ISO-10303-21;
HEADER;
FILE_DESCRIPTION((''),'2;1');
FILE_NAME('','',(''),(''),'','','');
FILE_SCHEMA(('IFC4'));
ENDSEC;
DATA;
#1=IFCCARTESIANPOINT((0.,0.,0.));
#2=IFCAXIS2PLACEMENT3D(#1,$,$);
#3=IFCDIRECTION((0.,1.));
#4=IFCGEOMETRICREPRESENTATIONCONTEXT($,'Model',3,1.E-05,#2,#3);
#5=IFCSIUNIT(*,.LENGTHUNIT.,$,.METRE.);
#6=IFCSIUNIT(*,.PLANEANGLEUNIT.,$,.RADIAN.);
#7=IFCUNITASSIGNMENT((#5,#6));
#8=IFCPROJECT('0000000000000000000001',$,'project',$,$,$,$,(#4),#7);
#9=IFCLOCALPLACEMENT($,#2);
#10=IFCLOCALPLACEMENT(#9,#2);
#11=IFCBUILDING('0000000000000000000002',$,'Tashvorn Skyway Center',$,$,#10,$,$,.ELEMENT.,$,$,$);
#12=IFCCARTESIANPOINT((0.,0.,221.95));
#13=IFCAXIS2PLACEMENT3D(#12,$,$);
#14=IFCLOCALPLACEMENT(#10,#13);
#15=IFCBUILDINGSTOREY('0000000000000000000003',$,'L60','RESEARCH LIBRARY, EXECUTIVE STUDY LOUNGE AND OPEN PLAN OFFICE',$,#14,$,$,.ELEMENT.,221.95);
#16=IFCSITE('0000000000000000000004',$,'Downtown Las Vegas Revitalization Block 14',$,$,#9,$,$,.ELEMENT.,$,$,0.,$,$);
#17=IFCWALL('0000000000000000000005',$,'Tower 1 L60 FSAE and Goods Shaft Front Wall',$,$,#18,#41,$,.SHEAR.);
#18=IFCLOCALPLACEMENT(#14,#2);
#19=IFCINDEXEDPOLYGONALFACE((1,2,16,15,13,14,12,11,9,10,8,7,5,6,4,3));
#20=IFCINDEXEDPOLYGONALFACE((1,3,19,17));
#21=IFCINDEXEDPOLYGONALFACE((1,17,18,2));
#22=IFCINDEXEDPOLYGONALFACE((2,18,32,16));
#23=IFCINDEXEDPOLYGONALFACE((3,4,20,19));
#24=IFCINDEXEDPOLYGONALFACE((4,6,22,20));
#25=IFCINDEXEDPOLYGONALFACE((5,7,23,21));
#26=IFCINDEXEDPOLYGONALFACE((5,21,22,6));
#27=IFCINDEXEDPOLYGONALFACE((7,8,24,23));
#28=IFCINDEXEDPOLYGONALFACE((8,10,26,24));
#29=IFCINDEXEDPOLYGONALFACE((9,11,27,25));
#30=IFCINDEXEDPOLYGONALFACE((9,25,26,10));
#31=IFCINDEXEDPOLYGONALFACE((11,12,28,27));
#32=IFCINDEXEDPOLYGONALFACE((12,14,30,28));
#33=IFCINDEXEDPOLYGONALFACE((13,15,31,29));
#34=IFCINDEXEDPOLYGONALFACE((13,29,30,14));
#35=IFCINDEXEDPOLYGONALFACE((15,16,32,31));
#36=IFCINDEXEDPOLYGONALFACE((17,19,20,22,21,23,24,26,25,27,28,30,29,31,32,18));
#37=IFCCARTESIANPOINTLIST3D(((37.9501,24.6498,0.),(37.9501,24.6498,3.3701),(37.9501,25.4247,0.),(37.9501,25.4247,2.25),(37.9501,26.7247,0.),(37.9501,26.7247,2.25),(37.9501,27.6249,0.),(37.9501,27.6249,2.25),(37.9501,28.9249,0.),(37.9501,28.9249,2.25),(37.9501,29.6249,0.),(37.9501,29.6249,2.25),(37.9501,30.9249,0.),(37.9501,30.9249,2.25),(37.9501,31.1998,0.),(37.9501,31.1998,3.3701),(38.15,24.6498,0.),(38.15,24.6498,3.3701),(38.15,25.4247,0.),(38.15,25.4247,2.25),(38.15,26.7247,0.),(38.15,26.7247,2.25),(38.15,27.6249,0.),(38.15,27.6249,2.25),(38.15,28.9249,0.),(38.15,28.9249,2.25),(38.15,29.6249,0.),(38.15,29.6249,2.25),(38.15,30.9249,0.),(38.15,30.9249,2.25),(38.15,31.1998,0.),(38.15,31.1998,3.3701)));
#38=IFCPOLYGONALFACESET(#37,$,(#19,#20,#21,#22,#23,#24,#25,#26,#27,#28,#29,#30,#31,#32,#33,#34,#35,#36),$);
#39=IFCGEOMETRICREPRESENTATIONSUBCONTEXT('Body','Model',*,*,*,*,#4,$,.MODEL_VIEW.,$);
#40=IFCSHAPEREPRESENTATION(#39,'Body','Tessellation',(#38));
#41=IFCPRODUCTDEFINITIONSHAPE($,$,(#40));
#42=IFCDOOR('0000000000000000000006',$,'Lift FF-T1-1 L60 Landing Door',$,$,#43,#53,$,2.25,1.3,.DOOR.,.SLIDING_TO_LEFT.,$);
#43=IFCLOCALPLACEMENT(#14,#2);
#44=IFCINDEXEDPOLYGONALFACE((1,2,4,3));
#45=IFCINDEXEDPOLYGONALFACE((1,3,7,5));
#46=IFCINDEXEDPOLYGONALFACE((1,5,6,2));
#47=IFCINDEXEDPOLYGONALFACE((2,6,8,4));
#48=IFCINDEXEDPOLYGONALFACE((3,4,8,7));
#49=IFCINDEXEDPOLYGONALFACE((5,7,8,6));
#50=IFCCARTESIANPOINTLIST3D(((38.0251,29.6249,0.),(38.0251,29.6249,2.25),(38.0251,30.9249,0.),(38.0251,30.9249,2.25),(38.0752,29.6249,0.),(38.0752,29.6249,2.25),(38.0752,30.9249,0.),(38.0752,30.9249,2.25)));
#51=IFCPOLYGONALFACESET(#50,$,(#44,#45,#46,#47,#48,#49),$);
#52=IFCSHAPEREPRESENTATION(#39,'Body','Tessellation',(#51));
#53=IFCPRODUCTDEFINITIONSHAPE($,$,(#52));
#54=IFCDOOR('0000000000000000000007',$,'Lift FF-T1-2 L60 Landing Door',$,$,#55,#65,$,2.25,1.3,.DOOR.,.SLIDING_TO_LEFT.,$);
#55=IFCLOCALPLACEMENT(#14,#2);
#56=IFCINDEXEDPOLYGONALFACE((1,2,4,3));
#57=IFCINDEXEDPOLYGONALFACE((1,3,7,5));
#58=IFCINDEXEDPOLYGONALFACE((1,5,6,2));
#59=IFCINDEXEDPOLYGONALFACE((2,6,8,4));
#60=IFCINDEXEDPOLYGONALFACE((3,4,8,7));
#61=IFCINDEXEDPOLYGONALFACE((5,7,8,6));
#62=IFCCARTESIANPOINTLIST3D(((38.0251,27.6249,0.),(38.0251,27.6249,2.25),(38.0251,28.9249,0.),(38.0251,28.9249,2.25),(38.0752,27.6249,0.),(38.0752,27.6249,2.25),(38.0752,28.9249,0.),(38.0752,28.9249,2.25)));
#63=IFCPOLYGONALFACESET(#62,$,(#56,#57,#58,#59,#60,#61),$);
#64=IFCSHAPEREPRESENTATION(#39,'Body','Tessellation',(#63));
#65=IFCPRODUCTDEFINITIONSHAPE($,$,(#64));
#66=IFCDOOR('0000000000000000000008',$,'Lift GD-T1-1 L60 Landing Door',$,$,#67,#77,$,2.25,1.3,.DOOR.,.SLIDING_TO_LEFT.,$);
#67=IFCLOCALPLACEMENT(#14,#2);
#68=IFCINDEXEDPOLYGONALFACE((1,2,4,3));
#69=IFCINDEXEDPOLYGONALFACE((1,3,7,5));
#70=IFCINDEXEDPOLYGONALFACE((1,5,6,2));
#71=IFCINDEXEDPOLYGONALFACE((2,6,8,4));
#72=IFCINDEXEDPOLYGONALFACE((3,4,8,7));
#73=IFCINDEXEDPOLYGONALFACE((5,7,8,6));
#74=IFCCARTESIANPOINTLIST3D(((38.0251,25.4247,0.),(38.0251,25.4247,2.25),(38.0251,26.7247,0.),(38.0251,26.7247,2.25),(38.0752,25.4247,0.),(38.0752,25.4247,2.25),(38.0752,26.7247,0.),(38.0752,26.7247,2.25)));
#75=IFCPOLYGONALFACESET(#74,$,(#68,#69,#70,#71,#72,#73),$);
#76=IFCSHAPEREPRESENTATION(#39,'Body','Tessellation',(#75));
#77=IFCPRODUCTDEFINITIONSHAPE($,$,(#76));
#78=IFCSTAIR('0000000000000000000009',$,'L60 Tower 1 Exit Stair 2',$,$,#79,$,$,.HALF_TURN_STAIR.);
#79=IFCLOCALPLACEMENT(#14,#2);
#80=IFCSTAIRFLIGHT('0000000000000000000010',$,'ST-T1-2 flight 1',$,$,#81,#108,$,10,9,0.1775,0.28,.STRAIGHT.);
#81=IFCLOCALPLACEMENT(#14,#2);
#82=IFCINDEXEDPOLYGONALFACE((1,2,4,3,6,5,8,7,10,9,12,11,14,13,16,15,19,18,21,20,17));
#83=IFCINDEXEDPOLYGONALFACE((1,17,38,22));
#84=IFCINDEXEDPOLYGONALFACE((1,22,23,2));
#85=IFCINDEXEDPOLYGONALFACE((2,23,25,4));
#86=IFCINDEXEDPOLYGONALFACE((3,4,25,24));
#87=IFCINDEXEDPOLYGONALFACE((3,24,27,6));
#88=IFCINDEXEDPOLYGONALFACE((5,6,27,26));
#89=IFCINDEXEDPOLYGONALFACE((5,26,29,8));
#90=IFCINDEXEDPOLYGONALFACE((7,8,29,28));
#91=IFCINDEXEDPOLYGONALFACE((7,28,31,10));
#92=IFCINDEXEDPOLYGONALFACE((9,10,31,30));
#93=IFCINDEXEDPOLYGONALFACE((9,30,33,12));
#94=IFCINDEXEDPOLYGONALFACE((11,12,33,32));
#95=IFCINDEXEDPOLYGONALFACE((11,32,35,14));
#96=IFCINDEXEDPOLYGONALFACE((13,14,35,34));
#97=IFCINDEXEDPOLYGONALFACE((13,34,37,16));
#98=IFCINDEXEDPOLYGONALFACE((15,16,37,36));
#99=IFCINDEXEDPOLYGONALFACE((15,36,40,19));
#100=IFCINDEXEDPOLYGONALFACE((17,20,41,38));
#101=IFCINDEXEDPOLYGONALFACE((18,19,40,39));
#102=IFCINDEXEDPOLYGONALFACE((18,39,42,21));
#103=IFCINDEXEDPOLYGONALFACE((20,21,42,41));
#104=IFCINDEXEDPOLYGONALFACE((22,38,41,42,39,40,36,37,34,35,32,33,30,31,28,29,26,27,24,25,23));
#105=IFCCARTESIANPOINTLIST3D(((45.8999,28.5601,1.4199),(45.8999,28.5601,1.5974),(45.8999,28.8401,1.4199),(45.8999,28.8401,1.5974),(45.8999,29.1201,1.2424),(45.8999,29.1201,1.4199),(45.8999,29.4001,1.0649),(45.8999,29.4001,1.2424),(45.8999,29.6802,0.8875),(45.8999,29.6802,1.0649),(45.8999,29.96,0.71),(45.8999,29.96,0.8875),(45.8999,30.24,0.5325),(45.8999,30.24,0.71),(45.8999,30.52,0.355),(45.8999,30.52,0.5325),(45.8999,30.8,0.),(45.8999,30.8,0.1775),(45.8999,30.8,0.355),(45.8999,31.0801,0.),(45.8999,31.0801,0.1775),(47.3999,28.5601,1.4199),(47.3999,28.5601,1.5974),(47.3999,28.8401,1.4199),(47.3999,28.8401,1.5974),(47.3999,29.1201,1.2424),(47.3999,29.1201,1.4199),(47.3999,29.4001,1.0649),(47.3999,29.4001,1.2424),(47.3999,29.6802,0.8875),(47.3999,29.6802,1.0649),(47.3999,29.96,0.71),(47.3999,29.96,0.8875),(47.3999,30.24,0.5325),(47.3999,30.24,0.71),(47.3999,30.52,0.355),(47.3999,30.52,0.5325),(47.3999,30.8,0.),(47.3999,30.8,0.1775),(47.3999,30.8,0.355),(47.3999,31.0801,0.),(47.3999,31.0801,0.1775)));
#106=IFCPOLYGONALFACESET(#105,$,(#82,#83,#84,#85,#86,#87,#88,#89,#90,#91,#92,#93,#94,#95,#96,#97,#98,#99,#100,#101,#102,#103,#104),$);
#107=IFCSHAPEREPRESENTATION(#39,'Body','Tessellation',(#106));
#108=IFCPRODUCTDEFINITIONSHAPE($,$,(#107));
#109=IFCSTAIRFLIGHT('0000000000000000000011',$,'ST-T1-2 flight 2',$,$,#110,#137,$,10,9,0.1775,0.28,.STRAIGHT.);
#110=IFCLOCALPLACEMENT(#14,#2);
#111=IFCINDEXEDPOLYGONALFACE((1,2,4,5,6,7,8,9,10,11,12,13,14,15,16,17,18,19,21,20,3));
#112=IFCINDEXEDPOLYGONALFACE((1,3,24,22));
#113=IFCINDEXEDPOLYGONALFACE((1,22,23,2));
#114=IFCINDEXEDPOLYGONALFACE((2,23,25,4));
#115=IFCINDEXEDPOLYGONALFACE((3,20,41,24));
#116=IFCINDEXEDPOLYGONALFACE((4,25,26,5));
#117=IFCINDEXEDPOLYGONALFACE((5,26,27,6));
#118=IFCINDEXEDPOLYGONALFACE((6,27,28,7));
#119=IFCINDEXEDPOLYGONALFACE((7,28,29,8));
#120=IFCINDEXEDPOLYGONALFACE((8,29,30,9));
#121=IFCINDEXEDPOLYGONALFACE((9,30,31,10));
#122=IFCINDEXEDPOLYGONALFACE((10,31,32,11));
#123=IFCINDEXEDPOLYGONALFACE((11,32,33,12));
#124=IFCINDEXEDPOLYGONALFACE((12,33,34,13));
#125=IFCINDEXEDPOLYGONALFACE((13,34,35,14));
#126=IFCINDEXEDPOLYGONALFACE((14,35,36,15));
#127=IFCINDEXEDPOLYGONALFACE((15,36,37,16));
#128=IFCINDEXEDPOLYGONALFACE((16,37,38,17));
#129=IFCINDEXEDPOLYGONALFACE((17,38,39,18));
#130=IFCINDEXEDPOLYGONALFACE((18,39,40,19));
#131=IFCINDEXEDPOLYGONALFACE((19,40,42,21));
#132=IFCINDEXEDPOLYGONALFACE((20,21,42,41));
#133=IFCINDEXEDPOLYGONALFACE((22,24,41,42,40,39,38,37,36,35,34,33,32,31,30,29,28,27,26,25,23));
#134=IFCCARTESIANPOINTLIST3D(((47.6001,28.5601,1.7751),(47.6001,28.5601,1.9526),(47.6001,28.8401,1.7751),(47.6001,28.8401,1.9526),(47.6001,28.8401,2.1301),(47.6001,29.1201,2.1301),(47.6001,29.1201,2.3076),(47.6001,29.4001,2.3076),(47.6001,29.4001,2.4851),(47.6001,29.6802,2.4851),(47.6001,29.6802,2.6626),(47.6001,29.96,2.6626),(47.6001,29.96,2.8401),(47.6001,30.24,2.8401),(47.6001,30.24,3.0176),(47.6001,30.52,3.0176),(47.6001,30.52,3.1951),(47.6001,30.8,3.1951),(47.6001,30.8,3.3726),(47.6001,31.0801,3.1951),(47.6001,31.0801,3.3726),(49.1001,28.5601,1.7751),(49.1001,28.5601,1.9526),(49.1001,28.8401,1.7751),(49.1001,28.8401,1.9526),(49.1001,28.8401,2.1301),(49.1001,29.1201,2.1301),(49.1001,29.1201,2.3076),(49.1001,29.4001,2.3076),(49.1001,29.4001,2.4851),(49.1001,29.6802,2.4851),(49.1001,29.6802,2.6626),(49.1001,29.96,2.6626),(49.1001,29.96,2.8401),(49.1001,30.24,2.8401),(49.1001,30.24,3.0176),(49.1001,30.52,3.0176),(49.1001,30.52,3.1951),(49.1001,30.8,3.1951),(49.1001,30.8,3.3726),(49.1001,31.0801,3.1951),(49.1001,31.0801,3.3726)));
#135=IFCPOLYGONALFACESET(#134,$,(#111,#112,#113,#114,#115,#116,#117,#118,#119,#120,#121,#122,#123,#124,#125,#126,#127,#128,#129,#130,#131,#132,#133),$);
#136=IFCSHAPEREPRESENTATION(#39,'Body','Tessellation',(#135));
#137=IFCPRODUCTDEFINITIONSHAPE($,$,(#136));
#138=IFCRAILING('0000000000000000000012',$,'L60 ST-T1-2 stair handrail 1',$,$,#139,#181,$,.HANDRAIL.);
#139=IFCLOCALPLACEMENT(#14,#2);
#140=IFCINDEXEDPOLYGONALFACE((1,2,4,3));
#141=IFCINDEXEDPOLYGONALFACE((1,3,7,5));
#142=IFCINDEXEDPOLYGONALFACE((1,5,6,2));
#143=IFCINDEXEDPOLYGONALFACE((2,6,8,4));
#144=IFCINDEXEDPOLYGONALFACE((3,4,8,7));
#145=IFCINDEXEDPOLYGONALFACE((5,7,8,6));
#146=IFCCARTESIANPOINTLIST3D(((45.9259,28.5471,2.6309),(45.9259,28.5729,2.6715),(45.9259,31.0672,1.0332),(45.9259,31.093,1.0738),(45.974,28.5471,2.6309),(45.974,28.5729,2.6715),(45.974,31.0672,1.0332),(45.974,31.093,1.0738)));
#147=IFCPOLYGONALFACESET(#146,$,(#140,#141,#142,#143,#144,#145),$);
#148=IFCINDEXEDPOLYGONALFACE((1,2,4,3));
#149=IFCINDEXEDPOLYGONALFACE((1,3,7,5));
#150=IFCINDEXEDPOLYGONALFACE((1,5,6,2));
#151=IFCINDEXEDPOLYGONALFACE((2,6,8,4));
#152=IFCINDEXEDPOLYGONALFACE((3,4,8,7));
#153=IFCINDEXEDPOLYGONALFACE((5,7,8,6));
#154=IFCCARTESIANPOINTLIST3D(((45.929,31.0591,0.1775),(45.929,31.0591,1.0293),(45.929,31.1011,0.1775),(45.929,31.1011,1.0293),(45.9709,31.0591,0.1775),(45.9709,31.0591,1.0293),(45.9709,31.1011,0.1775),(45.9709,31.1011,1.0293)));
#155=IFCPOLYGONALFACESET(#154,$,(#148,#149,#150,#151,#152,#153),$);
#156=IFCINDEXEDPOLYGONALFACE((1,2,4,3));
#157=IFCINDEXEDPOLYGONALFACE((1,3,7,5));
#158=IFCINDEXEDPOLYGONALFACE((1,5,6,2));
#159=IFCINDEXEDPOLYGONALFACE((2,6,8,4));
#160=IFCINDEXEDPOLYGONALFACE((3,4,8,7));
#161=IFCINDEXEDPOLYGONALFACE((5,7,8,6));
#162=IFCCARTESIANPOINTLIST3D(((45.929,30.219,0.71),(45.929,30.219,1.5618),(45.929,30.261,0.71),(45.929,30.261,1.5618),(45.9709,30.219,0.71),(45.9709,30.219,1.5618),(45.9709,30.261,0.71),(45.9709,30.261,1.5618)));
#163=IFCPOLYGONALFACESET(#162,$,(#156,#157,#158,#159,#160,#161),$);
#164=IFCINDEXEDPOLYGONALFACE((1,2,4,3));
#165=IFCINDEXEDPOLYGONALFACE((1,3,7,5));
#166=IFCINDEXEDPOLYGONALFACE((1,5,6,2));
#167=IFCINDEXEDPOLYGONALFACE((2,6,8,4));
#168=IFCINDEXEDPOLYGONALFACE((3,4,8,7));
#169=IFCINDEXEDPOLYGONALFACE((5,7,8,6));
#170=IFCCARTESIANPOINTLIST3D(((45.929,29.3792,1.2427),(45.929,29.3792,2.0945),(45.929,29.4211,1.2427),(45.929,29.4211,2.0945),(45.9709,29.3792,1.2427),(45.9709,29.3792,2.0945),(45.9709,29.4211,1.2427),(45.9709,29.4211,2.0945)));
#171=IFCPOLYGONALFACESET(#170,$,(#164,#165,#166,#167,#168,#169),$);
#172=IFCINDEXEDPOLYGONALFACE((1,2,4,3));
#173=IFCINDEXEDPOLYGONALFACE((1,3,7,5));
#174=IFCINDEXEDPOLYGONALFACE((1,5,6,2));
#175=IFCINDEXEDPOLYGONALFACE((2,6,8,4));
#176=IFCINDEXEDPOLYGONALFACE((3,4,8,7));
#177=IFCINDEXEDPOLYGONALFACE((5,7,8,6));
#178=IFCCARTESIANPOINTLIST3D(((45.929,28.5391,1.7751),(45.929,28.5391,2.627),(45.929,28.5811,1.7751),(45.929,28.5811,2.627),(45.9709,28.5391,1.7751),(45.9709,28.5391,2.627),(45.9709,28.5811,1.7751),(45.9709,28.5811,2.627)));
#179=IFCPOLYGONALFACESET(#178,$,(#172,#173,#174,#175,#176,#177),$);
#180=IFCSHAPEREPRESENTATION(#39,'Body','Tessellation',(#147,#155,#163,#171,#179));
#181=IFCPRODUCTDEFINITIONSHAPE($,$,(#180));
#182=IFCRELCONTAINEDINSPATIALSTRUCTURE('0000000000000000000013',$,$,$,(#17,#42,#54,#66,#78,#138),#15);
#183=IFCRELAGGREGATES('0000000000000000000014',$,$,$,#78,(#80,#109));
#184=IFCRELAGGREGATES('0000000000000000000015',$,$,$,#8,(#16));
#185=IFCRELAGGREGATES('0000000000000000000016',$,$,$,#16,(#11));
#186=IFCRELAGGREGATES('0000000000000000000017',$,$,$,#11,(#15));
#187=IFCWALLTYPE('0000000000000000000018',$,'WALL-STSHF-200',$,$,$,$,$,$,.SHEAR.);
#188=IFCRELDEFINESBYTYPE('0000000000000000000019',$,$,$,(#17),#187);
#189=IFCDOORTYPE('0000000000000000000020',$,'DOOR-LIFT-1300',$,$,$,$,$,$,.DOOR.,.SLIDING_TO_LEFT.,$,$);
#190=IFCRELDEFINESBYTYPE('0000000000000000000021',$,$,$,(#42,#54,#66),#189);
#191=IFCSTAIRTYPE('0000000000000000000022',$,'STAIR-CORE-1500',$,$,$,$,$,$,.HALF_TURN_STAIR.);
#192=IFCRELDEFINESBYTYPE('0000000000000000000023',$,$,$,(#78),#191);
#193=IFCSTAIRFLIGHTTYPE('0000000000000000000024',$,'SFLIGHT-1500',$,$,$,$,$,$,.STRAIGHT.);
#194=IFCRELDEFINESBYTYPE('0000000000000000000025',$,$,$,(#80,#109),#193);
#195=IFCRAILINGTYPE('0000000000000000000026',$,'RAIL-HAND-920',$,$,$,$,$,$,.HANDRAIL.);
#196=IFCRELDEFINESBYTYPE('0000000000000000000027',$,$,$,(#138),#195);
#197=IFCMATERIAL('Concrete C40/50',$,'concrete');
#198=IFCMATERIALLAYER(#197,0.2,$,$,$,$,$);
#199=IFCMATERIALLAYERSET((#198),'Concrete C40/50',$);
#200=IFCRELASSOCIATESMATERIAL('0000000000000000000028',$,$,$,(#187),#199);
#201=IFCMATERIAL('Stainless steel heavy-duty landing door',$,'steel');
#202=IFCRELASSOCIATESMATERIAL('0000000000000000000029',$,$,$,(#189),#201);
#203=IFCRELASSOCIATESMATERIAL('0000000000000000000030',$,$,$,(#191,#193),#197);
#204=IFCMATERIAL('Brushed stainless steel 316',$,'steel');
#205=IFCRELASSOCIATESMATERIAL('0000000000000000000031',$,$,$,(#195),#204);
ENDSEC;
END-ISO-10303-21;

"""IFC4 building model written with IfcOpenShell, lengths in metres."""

from ifc_helpers import new_model, si_unit, direction, frame, frame_2d, origin, origin_2d, place, context, subcontext, project, spatial, polyline, rectangle, outline, extrude, material, layer, layer_set, type_object, element, fill, aggregate, save


model = new_model("IFC4")

# Units and contexts
model_context = context("Model", 3, precision=1e-05, world=origin(), true_north=direction((0.0, 1.0)))
body_context = subcontext(model_context, "Body", "Model", "MODEL_VIEW")
ifc_project = project(units=[si_unit("LENGTHUNIT", "METRE"), si_unit("PLANEANGLEUNIT", "RADIAN")], contexts=[model_context])

# Site, building, storey
site_placement = place(None, origin())
site = spatial("IfcSite", under=ifc_project, at=site_placement, Name="Downtown Las Vegas Revitalization Block 14", CompositionType="ELEMENT", RefElevation=0.0)
building_placement = place(site_placement, origin())
building = spatial("IfcBuilding", under=site, at=building_placement, Name="Tashvorn Skyway Center", CompositionType="ELEMENT")
storey_placement = place(building_placement, frame((0.0, 0.0, 221.95)))
storey = spatial("IfcBuildingStorey", under=building, at=storey_placement, Name="L60", Description="RESEARCH LIBRARY, EXECUTIVE STUDY LOUNGE AND OPEN PLAN OFFICE", CompositionType="ELEMENT", Elevation=221.95)

# Shared definitions
ifc_material_1 = material(Name="Concrete C40/50", Category="concrete")

# Shared definitions
ifc_layer_1 = layer(ifc_material_1, 0.2)
ifc_layer_set_1 = layer_set([ifc_layer_1], Name="Concrete C40/50")
wall_type_1 = type_object("IfcWallType", Name="WALL-STSHF-200", PredefinedType="SHEAR", material=ifc_layer_set_1)

# Wall, openings, doors
wall_1_placement = place(storey_placement, frame((38.05, 24.6499, 0.0), z_axis=(0.0, 0.0, 1.0), x_axis=(0.0, 1.0, 0.0)))
wall_1 = element("IfcWall", 1, at=wall_1_placement, inside=storey, type_object=wall_type_1, Name="Tower 1 L60 FSAE and Goods Shaft Front Wall", PredefinedType="SHEAR", context=body_context, shape_type="SweptSolid", body=[
    extrude(rectangle(XDim=6.55, YDim=0.2, at=frame_2d((3.2749, 0.0))), origin(), (0.0, 0.0, 1.0), 3.3701),
])
opening_1_placement = place(wall_1_placement, frame((4.9751, 0.0, 0.0)))
opening_1 = element("IfcOpeningElement", 2, at=opening_1_placement, cuts=wall_1, PredefinedType="OPENING", context=body_context, shape_type="SweptSolid", body=[
    extrude(rectangle(XDim=1.3, YDim=2.25, at=frame_2d((0.6499, 1.125))), frame((0.0, 0.1099, 0.0), z_axis=(0.0, -1.0, 0.0), x_axis=(1.0, 0.0, 0.0)), (0.0, 0.0, 1.0), 0.22),
])
opening_2_placement = place(wall_1_placement, frame((2.9751, 0.0, 0.0)))
opening_2 = element("IfcOpeningElement", 3, at=opening_2_placement, cuts=wall_1, PredefinedType="OPENING", context=body_context, shape_type="SweptSolid", body=[
    extrude(rectangle(XDim=1.3, YDim=2.25, at=frame_2d((0.6499, 1.125))), frame((0.0, 0.1099, 0.0), z_axis=(0.0, -1.0, 0.0), x_axis=(1.0, 0.0, 0.0)), (0.0, 0.0, 1.0), 0.22),
])
opening_3_placement = place(wall_1_placement, frame((0.7749, 0.0, 0.0)))
opening_3 = element("IfcOpeningElement", 4, at=opening_3_placement, cuts=wall_1, PredefinedType="OPENING", context=body_context, shape_type="SweptSolid", body=[
    extrude(rectangle(XDim=1.3, YDim=2.25, at=frame_2d((0.6499, 1.125))), frame((0.0, 0.1099, 0.0), z_axis=(0.0, -1.0, 0.0), x_axis=(1.0, 0.0, 0.0)), (0.0, 0.0, 1.0), 0.22),
])
ifc_material_2 = material(Name="Stainless steel heavy-duty landing door", Category="steel")
door_type_1 = type_object("IfcDoorType", Name="DOOR-LIFT-1300", OperationType="SLIDING_TO_LEFT", PredefinedType="DOOR", material=ifc_material_2)
door_1_placement = place(opening_1_placement, origin())
door_1 = element("IfcDoor", 5, at=door_1_placement, inside=storey, type_object=door_type_1, Name="Lift FF-T1-1 L60 Landing Door", OperationType="SLIDING_TO_LEFT", OverallHeight=2.25, OverallWidth=1.3, PredefinedType="DOOR", context=body_context, shape_type="SweptSolid", body=[
    extrude(rectangle(XDim=1.3, YDim=2.25, at=frame_2d((0.6499, 1.125))), frame((0.0, 0.0249, 0.0), z_axis=(0.0, -1.0, 0.0), x_axis=(1.0, 0.0, 0.0)), (0.0, 0.0, 1.0), 0.05),
])
fill(opening_1, door_1)
door_2_placement = place(opening_2_placement, origin())
door_2 = element("IfcDoor", 6, at=door_2_placement, inside=storey, type_object=door_type_1, Name="Lift FF-T1-2 L60 Landing Door", OperationType="SLIDING_TO_LEFT", OverallHeight=2.25, OverallWidth=1.3, PredefinedType="DOOR", context=body_context, shape_type="SweptSolid", body=[
    extrude(rectangle(XDim=1.3, YDim=2.25, at=frame_2d((0.6499, 1.125))), frame((0.0, 0.0249, 0.0), z_axis=(0.0, -1.0, 0.0), x_axis=(1.0, 0.0, 0.0)), (0.0, 0.0, 1.0), 0.05),
])
fill(opening_2, door_2)
door_3_placement = place(opening_3_placement, origin())
door_3 = element("IfcDoor", 7, at=door_3_placement, inside=storey, type_object=door_type_1, Name="Lift GD-T1-1 L60 Landing Door", OperationType="SLIDING_TO_LEFT", OverallHeight=2.25, OverallWidth=1.3, PredefinedType="DOOR", context=body_context, shape_type="SweptSolid", body=[
    extrude(rectangle(XDim=1.3, YDim=2.25, at=frame_2d((0.6499, 1.125))), frame((0.0, 0.0249, 0.0), z_axis=(0.0, -1.0, 0.0), x_axis=(1.0, 0.0, 0.0)), (0.0, 0.0, 1.0), 0.05),
])
fill(opening_3, door_3)

# Stair, stair flights
stair_type = type_object("IfcStairType", Name="STAIR-CORE-1500", PredefinedType="HALF_TURN_STAIR", material=ifc_material_1)
stair_placement = place(storey_placement, origin())
stair = element("IfcStair", 8, at=stair_placement, inside=storey, type_object=stair_type, Name="L60 Tower 1 Exit Stair 2", PredefinedType="HALF_TURN_STAIR")
stair_flight_type = type_object("IfcStairFlightType", Name="SFLIGHT-1500", PredefinedType="STRAIGHT", material=ifc_material_1)
stair_flight_1_placement = place(storey_placement, frame((46.6499, 31.0801, 0.0), z_axis=(0.0, 0.0, 1.0), x_axis=(0.0, -1.0, 0.0)))
stair_flight_1 = element("IfcStairFlight", 9, at=stair_flight_1_placement, type_object=stair_flight_type, Name="ST-T1-2 flight 1", NumberOfRisers=10, NumberOfTreads=9, PredefinedType="STRAIGHT", RiserHeight=0.1775, TreadLength=0.28, context=body_context, shape_type="SweptSolid", body=[
    extrude(outline(polyline([(0.0, 0.0), (0.0, 0.1775), (0.28, 0.1775), (0.28, 0.355), (0.5601, 0.355), (0.5601, 0.5325), (0.8401, 0.5325), (0.8401, 0.71), (1.1201, 0.71), (1.1201, 0.8875), (1.3999, 0.8875), (1.3999, 1.0649), (1.6799, 1.0649), (1.6799, 1.2424), (1.96, 1.2424), (1.96, 1.4199), (2.24, 1.4199), (2.24, 1.5974), (2.52, 1.5974), (2.52, 1.7749), (2.52, 1.4199), (0.28, 0.0), (0.0, 0.0)])), frame((0.0, 0.75, 0.0), z_axis=(0.0, -1.0, 0.0), x_axis=(1.0, 0.0, 0.0)), (0.0, 0.0, 1.0), 1.5),
])
stair_flight_2_placement = place(storey_placement, frame((48.3501, 28.5601, 1.7751), z_axis=(0.0, 0.0, 1.0), x_axis=(0.0, 1.0, 0.0)))
stair_flight_2 = element("IfcStairFlight", 10, at=stair_flight_2_placement, type_object=stair_flight_type, Name="ST-T1-2 flight 2", NumberOfRisers=10, NumberOfTreads=9, PredefinedType="STRAIGHT", RiserHeight=0.1775, TreadLength=0.28, context=body_context, shape_type="SweptSolid", body=[
    extrude(outline(polyline([(0.0, 0.0), (0.0, 0.1775), (0.28, 0.1775), (0.28, 0.355), (0.5601, 0.355), (0.5601, 0.5325), (0.8401, 0.5325), (0.8401, 0.71), (1.1201, 0.71), (1.1201, 0.8875), (1.3999, 0.8875), (1.3999, 1.0649), (1.6799, 1.0649), (1.6799, 1.2424), (1.96, 1.2424), (1.96, 1.4199), (2.24, 1.4199), (2.24, 1.5974), (2.52, 1.5974), (2.52, 1.7749), (2.52, 1.4199), (0.28, 0.0), (0.0, 0.0)])), frame((0.0, 0.75, 0.0), z_axis=(0.0, -1.0, 0.0), x_axis=(1.0, 0.0, 0.0)), (0.0, 0.0, 1.0), 1.5),
])
aggregate(stair, [stair_flight_1, stair_flight_2])

# Railing
ifc_material_3 = material(Name="Brushed stainless steel 316", Category="steel")
railing_type_1 = type_object("IfcRailingType", Name="RAIL-HAND-920", PredefinedType="HANDRAIL", material=ifc_material_3)
railing_1_placement = place(storey_placement, frame((45.95, 31.0801, 0.1775)))
element("IfcRailing", 11, at=railing_1_placement, inside=storey, type_object=railing_type_1, Name="L60 ST-T1-2 stair handrail 1", PredefinedType="HANDRAIL", context=body_context, shape_type="SweptSolid", body=[
    extrude(rectangle(XDim=0.0481, YDim=0.0481, at=origin_2d()), frame((0.0, 0.0, 0.876), z_axis=(0.0, -0.84457, 0.535445), x_axis=(1.0, 0.0, 0.0)), (0.0, 0.0, 1.0), 2.9839),
    extrude(rectangle(XDim=0.042, YDim=0.042, at=origin_2d()), origin(), (0.0, 0.0, 1.0), 0.8518),
    extrude(rectangle(XDim=0.042, YDim=0.042, at=origin_2d()), frame((0.0, -0.8401, 0.5325)), (0.0, 0.0, 1.0), 0.8518),
    extrude(rectangle(XDim=0.042, YDim=0.042, at=origin_2d()), frame((0.0, -1.6799, 1.0652)), (0.0, 0.0, 1.0), 0.8518),
    extrude(rectangle(XDim=0.042, YDim=0.042, at=origin_2d()), frame((0.0, -2.52, 1.5977)), (0.0, 0.0, 1.0), 0.8518),
])

save(model, "model.ifc")
